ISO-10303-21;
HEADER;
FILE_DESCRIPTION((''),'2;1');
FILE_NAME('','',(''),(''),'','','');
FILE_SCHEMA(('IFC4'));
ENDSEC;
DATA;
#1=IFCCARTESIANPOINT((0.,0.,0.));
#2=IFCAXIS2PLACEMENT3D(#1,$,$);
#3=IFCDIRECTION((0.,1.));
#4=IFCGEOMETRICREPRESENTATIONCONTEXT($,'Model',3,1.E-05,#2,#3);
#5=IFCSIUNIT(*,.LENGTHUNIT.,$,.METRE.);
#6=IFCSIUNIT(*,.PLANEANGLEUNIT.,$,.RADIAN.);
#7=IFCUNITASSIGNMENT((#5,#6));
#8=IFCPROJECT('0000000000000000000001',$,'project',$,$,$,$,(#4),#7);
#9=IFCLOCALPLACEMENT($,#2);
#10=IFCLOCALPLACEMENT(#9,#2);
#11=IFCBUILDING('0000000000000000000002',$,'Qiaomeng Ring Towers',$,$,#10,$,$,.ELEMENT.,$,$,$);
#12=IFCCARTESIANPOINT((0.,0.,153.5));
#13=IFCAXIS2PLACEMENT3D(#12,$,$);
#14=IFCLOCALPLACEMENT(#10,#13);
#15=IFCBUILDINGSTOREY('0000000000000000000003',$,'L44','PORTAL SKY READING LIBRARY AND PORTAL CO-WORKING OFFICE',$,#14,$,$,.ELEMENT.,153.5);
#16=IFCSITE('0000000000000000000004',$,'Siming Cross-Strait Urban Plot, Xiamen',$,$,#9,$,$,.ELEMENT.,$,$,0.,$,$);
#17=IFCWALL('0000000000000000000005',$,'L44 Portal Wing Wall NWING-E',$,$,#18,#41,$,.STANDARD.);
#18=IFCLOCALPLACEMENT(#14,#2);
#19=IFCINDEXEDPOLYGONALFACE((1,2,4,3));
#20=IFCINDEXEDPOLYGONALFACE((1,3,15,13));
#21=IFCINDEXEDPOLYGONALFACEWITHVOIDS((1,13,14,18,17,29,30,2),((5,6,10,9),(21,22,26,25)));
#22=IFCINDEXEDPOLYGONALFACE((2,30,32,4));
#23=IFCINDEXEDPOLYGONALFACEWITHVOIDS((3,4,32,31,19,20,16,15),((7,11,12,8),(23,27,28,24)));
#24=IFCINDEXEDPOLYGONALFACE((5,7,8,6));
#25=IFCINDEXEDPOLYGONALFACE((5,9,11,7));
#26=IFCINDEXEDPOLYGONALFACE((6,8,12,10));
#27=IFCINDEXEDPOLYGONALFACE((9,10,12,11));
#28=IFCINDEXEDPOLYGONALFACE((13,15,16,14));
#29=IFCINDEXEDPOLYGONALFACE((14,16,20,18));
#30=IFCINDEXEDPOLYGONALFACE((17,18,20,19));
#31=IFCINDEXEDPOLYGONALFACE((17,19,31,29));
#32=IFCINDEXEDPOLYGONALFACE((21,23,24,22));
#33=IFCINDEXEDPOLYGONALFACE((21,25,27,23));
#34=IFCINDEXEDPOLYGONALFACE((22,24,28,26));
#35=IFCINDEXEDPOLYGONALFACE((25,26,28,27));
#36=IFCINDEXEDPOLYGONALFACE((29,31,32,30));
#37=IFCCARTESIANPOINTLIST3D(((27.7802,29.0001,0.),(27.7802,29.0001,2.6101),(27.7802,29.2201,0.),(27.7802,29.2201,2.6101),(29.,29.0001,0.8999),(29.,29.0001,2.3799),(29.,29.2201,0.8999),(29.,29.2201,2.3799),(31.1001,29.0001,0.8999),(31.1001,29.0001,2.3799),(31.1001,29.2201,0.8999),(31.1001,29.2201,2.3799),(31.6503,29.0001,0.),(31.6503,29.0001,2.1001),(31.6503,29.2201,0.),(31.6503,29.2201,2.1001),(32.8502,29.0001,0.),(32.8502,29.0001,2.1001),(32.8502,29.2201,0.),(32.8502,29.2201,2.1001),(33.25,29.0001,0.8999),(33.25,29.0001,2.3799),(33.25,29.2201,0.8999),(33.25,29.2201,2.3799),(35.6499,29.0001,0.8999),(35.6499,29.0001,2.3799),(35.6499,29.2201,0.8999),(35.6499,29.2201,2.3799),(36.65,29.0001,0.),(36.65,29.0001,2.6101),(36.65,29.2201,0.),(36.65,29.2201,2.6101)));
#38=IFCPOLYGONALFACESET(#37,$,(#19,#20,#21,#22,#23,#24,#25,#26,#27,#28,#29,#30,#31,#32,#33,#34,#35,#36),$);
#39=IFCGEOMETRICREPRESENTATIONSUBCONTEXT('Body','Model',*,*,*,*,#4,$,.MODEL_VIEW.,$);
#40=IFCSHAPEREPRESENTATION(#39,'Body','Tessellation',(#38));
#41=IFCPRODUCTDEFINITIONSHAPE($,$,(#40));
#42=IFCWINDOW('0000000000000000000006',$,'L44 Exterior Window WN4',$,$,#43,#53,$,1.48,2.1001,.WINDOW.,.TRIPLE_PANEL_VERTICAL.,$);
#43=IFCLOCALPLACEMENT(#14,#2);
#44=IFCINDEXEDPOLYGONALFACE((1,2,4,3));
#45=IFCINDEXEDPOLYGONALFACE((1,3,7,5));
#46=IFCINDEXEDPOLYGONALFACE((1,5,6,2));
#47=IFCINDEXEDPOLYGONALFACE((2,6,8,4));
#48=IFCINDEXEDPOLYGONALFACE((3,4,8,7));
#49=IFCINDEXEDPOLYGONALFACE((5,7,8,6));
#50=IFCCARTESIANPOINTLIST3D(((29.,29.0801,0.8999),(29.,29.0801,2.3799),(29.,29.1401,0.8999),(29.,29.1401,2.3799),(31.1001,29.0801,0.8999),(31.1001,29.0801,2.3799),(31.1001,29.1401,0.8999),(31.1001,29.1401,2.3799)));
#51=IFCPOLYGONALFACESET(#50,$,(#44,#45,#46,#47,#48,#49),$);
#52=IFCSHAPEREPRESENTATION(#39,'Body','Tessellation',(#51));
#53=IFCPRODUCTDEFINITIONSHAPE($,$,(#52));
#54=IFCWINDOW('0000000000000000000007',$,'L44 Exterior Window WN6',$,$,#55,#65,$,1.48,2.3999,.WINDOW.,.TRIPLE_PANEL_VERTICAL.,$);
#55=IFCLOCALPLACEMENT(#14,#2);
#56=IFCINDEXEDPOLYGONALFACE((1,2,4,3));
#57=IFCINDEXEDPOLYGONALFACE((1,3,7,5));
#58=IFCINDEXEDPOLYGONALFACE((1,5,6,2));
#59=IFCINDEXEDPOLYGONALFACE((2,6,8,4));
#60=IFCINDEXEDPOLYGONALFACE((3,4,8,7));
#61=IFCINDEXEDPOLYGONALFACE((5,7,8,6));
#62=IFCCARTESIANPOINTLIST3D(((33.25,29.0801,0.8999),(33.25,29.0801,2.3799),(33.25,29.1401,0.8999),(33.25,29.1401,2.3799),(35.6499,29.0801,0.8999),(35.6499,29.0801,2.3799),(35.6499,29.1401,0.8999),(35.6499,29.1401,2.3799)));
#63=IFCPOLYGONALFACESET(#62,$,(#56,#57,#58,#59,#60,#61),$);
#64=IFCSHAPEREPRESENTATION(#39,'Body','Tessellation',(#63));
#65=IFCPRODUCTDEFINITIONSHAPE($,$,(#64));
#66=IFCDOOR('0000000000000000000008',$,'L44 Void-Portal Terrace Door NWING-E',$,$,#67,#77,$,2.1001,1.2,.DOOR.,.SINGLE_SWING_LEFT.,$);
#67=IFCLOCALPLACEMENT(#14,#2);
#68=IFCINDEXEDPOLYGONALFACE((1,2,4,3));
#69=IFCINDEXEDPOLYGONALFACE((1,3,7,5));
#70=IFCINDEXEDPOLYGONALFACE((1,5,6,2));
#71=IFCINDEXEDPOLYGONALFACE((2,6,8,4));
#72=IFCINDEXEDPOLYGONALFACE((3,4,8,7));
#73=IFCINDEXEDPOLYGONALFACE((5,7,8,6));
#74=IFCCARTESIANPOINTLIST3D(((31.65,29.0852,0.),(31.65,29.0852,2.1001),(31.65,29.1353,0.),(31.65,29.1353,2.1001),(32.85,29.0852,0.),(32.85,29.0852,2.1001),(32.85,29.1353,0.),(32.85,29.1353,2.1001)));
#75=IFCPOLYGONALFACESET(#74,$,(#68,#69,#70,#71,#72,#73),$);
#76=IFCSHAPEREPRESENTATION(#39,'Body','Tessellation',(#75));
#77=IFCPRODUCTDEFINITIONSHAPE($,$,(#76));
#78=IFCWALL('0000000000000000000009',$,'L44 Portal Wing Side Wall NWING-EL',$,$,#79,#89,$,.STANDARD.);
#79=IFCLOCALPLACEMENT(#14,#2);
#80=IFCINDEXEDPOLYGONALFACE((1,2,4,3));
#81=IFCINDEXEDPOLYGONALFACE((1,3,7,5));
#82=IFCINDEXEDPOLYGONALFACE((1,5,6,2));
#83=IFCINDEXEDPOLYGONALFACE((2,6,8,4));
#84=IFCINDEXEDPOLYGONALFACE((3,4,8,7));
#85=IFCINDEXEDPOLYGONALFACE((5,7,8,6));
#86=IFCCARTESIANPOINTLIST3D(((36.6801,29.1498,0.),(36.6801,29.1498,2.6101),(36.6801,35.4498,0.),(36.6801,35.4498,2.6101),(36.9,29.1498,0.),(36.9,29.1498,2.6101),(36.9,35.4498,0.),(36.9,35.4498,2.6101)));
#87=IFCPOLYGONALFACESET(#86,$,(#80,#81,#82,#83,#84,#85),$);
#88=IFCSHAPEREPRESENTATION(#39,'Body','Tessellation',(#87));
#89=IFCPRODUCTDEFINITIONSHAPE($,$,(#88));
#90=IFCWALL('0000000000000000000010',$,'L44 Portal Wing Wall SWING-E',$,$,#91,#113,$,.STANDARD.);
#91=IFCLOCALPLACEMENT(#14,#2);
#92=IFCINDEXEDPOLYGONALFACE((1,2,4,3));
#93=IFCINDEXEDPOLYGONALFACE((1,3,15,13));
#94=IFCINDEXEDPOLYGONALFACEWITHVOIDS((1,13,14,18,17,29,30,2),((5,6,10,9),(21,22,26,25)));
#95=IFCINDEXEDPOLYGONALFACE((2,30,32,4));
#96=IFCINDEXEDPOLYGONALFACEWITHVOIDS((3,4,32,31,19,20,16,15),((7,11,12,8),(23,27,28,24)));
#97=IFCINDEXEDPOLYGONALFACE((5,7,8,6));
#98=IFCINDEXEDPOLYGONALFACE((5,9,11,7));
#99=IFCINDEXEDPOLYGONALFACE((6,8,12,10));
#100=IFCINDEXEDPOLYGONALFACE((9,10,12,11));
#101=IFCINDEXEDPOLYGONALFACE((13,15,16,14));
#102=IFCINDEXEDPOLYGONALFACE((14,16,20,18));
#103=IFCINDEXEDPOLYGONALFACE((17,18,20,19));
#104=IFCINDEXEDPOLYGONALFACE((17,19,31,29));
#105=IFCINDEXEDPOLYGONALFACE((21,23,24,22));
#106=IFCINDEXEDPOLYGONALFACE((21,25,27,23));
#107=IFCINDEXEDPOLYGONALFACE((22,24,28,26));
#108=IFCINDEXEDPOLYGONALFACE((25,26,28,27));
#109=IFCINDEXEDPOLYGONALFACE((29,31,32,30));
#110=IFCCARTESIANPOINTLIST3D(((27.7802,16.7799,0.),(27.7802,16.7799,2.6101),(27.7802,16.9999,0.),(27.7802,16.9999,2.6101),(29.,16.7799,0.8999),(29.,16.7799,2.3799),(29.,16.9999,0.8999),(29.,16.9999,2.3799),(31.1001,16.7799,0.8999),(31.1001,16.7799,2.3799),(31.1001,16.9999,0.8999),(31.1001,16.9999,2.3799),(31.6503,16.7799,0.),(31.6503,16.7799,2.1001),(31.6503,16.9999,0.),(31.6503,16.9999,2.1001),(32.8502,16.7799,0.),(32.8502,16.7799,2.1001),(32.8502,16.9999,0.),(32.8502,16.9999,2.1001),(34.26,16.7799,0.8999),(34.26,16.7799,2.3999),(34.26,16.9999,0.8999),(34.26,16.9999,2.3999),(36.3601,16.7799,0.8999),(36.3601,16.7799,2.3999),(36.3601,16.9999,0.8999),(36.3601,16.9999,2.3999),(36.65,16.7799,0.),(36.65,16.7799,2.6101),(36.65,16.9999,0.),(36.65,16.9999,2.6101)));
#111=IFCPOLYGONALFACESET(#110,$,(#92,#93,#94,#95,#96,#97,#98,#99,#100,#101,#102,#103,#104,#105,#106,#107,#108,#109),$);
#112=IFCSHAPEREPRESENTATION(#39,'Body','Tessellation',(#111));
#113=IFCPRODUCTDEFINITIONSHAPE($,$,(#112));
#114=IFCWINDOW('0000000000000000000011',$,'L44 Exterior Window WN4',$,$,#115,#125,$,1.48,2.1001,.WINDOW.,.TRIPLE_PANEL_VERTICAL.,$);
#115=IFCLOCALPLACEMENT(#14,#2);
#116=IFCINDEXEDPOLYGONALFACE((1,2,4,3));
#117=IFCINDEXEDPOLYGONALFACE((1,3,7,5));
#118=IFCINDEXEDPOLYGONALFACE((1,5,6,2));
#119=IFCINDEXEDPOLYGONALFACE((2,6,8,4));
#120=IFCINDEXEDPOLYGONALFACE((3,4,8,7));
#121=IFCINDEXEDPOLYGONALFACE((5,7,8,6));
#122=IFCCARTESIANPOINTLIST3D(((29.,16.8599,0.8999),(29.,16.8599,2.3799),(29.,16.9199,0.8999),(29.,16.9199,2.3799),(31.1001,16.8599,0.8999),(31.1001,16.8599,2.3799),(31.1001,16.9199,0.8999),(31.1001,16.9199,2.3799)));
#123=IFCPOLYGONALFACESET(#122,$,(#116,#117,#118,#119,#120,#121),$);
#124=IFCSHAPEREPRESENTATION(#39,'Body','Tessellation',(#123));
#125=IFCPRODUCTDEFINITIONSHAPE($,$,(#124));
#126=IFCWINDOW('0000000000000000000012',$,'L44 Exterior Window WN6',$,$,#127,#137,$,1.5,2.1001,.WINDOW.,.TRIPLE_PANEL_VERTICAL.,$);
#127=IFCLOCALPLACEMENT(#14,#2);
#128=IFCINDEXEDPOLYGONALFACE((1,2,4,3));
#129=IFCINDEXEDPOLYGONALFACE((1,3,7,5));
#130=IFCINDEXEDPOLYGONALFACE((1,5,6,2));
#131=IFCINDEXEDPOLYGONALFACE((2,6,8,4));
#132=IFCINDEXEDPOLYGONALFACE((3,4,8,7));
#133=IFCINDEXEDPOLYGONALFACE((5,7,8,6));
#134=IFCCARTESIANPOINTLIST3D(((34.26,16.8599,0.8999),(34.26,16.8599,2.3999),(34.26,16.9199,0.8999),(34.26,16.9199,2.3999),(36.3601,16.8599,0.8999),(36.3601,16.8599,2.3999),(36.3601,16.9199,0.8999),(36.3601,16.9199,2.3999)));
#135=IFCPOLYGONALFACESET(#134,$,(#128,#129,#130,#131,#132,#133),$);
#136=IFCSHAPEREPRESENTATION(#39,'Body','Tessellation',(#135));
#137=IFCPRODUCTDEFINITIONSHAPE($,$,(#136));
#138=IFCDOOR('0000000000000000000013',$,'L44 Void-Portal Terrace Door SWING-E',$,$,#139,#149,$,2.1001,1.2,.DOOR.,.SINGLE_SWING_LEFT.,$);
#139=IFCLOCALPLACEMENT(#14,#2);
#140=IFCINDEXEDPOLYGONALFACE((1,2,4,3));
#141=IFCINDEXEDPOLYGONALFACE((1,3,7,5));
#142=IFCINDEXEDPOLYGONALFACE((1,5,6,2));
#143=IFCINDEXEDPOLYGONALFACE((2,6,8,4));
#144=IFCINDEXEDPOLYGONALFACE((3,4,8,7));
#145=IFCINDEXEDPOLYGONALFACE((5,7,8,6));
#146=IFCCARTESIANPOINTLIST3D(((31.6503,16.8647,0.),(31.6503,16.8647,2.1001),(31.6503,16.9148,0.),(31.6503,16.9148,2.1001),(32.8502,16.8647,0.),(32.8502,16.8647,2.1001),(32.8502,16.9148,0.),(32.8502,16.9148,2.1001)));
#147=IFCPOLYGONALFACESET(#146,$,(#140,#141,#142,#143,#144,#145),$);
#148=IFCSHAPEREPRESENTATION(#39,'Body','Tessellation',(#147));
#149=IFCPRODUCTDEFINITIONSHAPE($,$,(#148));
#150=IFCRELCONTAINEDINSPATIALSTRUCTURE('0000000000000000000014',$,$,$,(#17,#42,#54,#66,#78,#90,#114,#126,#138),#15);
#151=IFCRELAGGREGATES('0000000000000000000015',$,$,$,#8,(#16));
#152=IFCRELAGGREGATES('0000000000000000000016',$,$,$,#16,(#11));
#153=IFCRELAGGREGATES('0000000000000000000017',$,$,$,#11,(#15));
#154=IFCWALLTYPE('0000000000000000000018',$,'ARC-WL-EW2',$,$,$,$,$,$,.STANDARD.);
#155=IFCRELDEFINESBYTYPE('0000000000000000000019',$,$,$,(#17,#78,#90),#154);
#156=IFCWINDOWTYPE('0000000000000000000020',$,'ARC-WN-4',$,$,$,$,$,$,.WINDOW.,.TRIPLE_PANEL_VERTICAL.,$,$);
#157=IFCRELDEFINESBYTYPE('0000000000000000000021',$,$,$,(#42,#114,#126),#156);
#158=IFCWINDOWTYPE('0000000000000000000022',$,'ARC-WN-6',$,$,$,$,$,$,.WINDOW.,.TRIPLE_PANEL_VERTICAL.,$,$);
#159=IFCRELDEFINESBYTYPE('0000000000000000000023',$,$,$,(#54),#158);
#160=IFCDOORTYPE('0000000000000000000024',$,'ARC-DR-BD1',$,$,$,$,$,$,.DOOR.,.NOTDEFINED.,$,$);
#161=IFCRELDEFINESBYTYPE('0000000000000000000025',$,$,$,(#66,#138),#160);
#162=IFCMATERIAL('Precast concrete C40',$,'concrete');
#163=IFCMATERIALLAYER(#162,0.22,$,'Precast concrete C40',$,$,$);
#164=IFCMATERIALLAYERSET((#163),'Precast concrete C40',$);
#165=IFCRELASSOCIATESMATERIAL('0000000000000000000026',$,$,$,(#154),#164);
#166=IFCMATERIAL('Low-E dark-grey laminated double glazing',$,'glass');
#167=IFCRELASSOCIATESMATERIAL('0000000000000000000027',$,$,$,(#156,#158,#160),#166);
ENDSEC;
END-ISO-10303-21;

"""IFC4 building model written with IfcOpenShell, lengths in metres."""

from ifc_helpers import new_model, si_unit, direction, frame, frame_2d, origin, place, context, subcontext, project, spatial, rectangle, extrude, source, transform, mapped, material, layer, layer_set, type_object, element, fill, save


model = new_model("IFC4")

# Units and contexts
model_context = context("Model", 3, precision=1e-05, world=origin(), true_north=direction((0.0, 1.0)))
body_context = subcontext(model_context, "Body", "Model", "MODEL_VIEW")
ifc_project = project(units=[si_unit("LENGTHUNIT", "METRE"), si_unit("PLANEANGLEUNIT", "RADIAN")], contexts=[model_context])

# Site, building, storey
site_placement = place(None, origin())
site = spatial("IfcSite", under=ifc_project, at=site_placement, Name="Siming Cross-Strait Urban Plot, Xiamen", CompositionType="ELEMENT", RefElevation=0.0)
building_placement = place(site_placement, origin())
building = spatial("IfcBuilding", under=site, at=building_placement, Name="Qiaomeng Ring Towers", CompositionType="ELEMENT")
storey_placement = place(building_placement, frame((0.0, 0.0, 153.5)))
storey = spatial("IfcBuildingStorey", under=building, at=storey_placement, Name="L44", Description="PORTAL SKY READING LIBRARY AND PORTAL CO-WORKING OFFICE", CompositionType="ELEMENT", Elevation=153.5)

# Wall, openings, windows, door
ifc_material_1 = material(Name="Precast concrete C40", Category="concrete")
ifc_layer_1 = layer(ifc_material_1, 0.22, Name="Precast concrete C40")
ifc_layer_set_1 = layer_set([ifc_layer_1], Name="Precast concrete C40")
wall_type_1 = type_object("IfcWallType", Name="ARC-WL-EW2", PredefinedType="STANDARD", material=ifc_layer_set_1)
wall_1_placement = place(storey_placement, frame((27.78, 29.1101, 0.0), z_axis=(0.0, 0.0, 1.0), x_axis=(1.0, 0.0, 0.0)))
wall_1 = element("IfcWall", 1, at=wall_1_placement, inside=storey, type_object=wall_type_1, Name="L44 Portal Wing Wall NWING-E", PredefinedType="STANDARD", context=body_context, shape_type="SweptSolid", body=[
    extrude(rectangle(XDim=8.8699, YDim=0.22, at=frame_2d((4.4351, 0.0))), origin(), (0.0, 0.0, 1.0), 2.6101),
])
opening_1_placement = place(wall_1_placement, frame((3.8701, 0.0, 0.0)))
opening_1 = element("IfcOpeningElement", 2, at=opening_1_placement, cuts=wall_1, PredefinedType="OPENING", context=body_context, shape_type="SweptSolid", body=[
    extrude(rectangle(XDim=1.2, YDim=2.1001, at=frame_2d((0.6001, 1.05))), frame((0.0, 0.1199, 0.0), z_axis=(0.0, -1.0, 0.0), x_axis=(1.0, 0.0, 0.0)), (0.0, 0.0, 1.0), 0.24),
])
opening_2_placement = place(wall_1_placement, frame((1.22, 0.0, 0.8999)))
opening_2 = element("IfcOpeningElement", 3, at=opening_2_placement, cuts=wall_1, PredefinedType="OPENING", context=body_context, shape_type="SweptSolid", body=[
    extrude(rectangle(XDim=2.1001, YDim=1.48, at=frame_2d((1.05, 0.74))), frame((0.0, 0.1199, 0.0), z_axis=(0.0, -1.0, 0.0), x_axis=(1.0, 0.0, 0.0)), (0.0, 0.0, 1.0), 0.24),
])
opening_3_placement = place(wall_1_placement, frame((5.47, 0.0, 0.8999)))
opening_3 = element("IfcOpeningElement", 4, at=opening_3_placement, cuts=wall_1, PredefinedType="OPENING", context=body_context, shape_type="SweptSolid", body=[
    extrude(rectangle(XDim=2.3999, YDim=1.48, at=frame_2d((1.2, 0.74))), frame((0.0, 0.1199, 0.0), z_axis=(0.0, -1.0, 0.0), x_axis=(1.0, 0.0, 0.0)), (0.0, 0.0, 1.0), 0.24),
])
ifc_material_2 = material(Name="Low-E dark-grey laminated double glazing", Category="glass")
window_type_1 = type_object("IfcWindowType", Name="ARC-WN-4", PartitioningType="TRIPLE_PANEL_VERTICAL", PredefinedType="WINDOW", material=ifc_material_2)
shared_shape_1 = source(origin(), body_context, "Body", "SweptSolid", [
    extrude(rectangle(XDim=2.1001, YDim=1.48, at=frame_2d((1.05, 0.74))), frame((0.0, 0.03, 0.0), z_axis=(0.0, -1.0, 0.0), x_axis=(1.0, 0.0, 0.0)), (0.0, 0.0, 1.0), 0.0601),
])
window_1_placement = place(opening_2_placement, origin())
window_1 = element("IfcWindow", 5, at=window_1_placement, inside=storey, type_object=window_type_1, Name="L44 Exterior Window WN4", OverallHeight=1.48, OverallWidth=2.1001, PartitioningType="TRIPLE_PANEL_VERTICAL", PredefinedType="WINDOW", context=body_context, shape_type="MappedRepresentation", body=[
    mapped(shared_shape_1, transform((0.0, 0.0, 0.0), x_axis=(1.0, 0.0, 0.0), y_axis=(0.0, 1.0, 0.0), z_axis=(0.0, 0.0, 1.0), scale=1.0)),
])
fill(opening_2, window_1)
window_type_2 = type_object("IfcWindowType", Name="ARC-WN-6", PartitioningType="TRIPLE_PANEL_VERTICAL", PredefinedType="WINDOW", material=ifc_material_2)
shared_shape_2 = source(origin(), body_context, "Body", "SweptSolid", [
    extrude(rectangle(XDim=2.3999, YDim=1.48, at=frame_2d((1.2, 0.74))), frame((0.0, 0.03, 0.0), z_axis=(0.0, -1.0, 0.0), x_axis=(1.0, 0.0, 0.0)), (0.0, 0.0, 1.0), 0.0601),
])
window_2_placement = place(opening_3_placement, origin())
window_2 = element("IfcWindow", 6, at=window_2_placement, inside=storey, type_object=window_type_2, Name="L44 Exterior Window WN6", OverallHeight=1.48, OverallWidth=2.3999, PartitioningType="TRIPLE_PANEL_VERTICAL", PredefinedType="WINDOW", context=body_context, shape_type="MappedRepresentation", body=[
    mapped(shared_shape_2, transform((0.0, 0.0, 0.0), x_axis=(1.0, 0.0, 0.0), y_axis=(0.0, 1.0, 0.0), z_axis=(0.0, 0.0, 1.0), scale=1.0)),
])
fill(opening_3, window_2)
door_type_1 = type_object("IfcDoorType", Name="ARC-DR-BD1", OperationType="NOTDEFINED", PredefinedType="DOOR", material=ifc_material_2)
shared_shape_3 = source(origin(), body_context, "Body", "SweptSolid", [
    extrude(rectangle(XDim=1.2, YDim=2.1001, at=frame_2d((0.6001, 1.05))), frame((0.0, 0.0249, 0.0), z_axis=(0.0, -1.0, 0.0), x_axis=(1.0, 0.0, 0.0)), (0.0, 0.0, 1.0), 0.05),
])
door_1_placement = place(opening_1_placement, frame((1.2, 0.0, 0.0), z_axis=(0.0, 0.0, 1.0), x_axis=(-1.0, 0.0, 0.0)))
door_1 = element("IfcDoor", 7, at=door_1_placement, inside=storey, type_object=door_type_1, Name="L44 Void-Portal Terrace Door NWING-E", OperationType="SINGLE_SWING_LEFT", OverallHeight=2.1001, OverallWidth=1.2, PredefinedType="DOOR", context=body_context, shape_type="MappedRepresentation", body=[
    mapped(shared_shape_3, transform((0.0, 0.0, 0.0), x_axis=(1.0, 0.0, 0.0), y_axis=(0.0, 1.0, 0.0), z_axis=(0.0, 0.0, 1.0), scale=1.0)),
])
fill(opening_1, door_1)

# Wall
wall_2_placement = place(storey_placement, frame((36.79, 29.1499, 0.0), z_axis=(0.0, 0.0, 1.0), x_axis=(0.0, 1.0, 0.0)))
element("IfcWall", 8, at=wall_2_placement, inside=storey, type_object=wall_type_1, Name="L44 Portal Wing Side Wall NWING-EL", PredefinedType="STANDARD", context=body_context, shape_type="SweptSolid", body=[
    extrude(rectangle(XDim=6.3, YDim=0.22, at=frame_2d((3.1499, 0.0))), origin(), (0.0, 0.0, 1.0), 2.6101),
])

# Wall, openings, windows, door
wall_3_placement = place(storey_placement, frame((27.78, 16.8899, 0.0), z_axis=(0.0, 0.0, 1.0), x_axis=(1.0, 0.0, 0.0)))
wall_3 = element("IfcWall", 9, at=wall_3_placement, inside=storey, type_object=wall_type_1, Name="L44 Portal Wing Wall SWING-E", PredefinedType="STANDARD", context=body_context, shape_type="SweptSolid", body=[
    extrude(rectangle(XDim=8.8699, YDim=0.22, at=frame_2d((4.4351, 0.0))), origin(), (0.0, 0.0, 1.0), 2.6101),
])
opening_4_placement = place(wall_3_placement, frame((3.8701, 0.0, 0.0)))
opening_4 = element("IfcOpeningElement", 10, at=opening_4_placement, cuts=wall_3, PredefinedType="OPENING", context=body_context, shape_type="SweptSolid", body=[
    extrude(rectangle(XDim=1.2, YDim=2.1001, at=frame_2d((0.6001, 1.05))), frame((0.0, 0.1199, 0.0), z_axis=(0.0, -1.0, 0.0), x_axis=(1.0, 0.0, 0.0)), (0.0, 0.0, 1.0), 0.24),
])
opening_5_placement = place(wall_3_placement, frame((1.22, 0.0, 0.8999)))
opening_5 = element("IfcOpeningElement", 11, at=opening_5_placement, cuts=wall_3, PredefinedType="OPENING", context=body_context, shape_type="SweptSolid", body=[
    extrude(rectangle(XDim=2.1001, YDim=1.48, at=frame_2d((1.05, 0.74))), frame((0.0, 0.1199, 0.0), z_axis=(0.0, -1.0, 0.0), x_axis=(1.0, 0.0, 0.0)), (0.0, 0.0, 1.0), 0.24),
])
opening_6_placement = place(wall_3_placement, frame((6.48, 0.0, 0.8999)))
opening_6 = element("IfcOpeningElement", 12, at=opening_6_placement, cuts=wall_3, PredefinedType="OPENING", context=body_context, shape_type="SweptSolid", body=[
    extrude(rectangle(XDim=2.1001, YDim=1.5, at=frame_2d((1.05, 0.75))), frame((0.0, 0.1199, 0.0), z_axis=(0.0, -1.0, 0.0), x_axis=(1.0, 0.0, 0.0)), (0.0, 0.0, 1.0), 0.24),
])
window_3_placement = place(opening_5_placement, origin())
window_3 = element("IfcWindow", 13, at=window_3_placement, inside=storey, type_object=window_type_1, Name="L44 Exterior Window WN4", OverallHeight=1.48, OverallWidth=2.1001, PartitioningType="TRIPLE_PANEL_VERTICAL", PredefinedType="WINDOW", context=body_context, shape_type="MappedRepresentation", body=[
    mapped(shared_shape_1, transform((0.0, 0.0, 0.0), x_axis=(1.0, 0.0, 0.0), y_axis=(0.0, 1.0, 0.0), z_axis=(0.0, 0.0, 1.0), scale=1.0)),
])
fill(opening_5, window_3)
shared_shape_4 = source(origin(), body_context, "Body", "SweptSolid", [
    extrude(rectangle(XDim=2.1001, YDim=1.5, at=frame_2d((1.05, 0.75))), frame((0.0, 0.03, 0.0), z_axis=(0.0, -1.0, 0.0), x_axis=(1.0, 0.0, 0.0)), (0.0, 0.0, 1.0), 0.0601),
])
window_4_placement = place(opening_6_placement, origin())
window_4 = element("IfcWindow", 14, at=window_4_placement, inside=storey, type_object=window_type_1, Name="L44 Exterior Window WN6", OverallHeight=1.5, OverallWidth=2.1001, PartitioningType="TRIPLE_PANEL_VERTICAL", PredefinedType="WINDOW", context=body_context, shape_type="MappedRepresentation", body=[
    mapped(shared_shape_4, transform((0.0, 0.0, 0.0), x_axis=(1.0, 0.0, 0.0), y_axis=(0.0, 1.0, 0.0), z_axis=(0.0, 0.0, 1.0), scale=1.0)),
])
fill(opening_6, window_4)
door_2_placement = place(opening_4_placement, origin())
door_2 = element("IfcDoor", 15, at=door_2_placement, inside=storey, type_object=door_type_1, Name="L44 Void-Portal Terrace Door SWING-E", OperationType="SINGLE_SWING_LEFT", OverallHeight=2.1001, OverallWidth=1.2, PredefinedType="DOOR", context=body_context, shape_type="MappedRepresentation", body=[
    mapped(shared_shape_3, transform((0.0, 0.0, 0.0), x_axis=(1.0, 0.0, 0.0), y_axis=(0.0, 1.0, 0.0), z_axis=(0.0, 0.0, 1.0), scale=1.0)),
])
fill(opening_4, door_2)

save(model, "model.ifc")
